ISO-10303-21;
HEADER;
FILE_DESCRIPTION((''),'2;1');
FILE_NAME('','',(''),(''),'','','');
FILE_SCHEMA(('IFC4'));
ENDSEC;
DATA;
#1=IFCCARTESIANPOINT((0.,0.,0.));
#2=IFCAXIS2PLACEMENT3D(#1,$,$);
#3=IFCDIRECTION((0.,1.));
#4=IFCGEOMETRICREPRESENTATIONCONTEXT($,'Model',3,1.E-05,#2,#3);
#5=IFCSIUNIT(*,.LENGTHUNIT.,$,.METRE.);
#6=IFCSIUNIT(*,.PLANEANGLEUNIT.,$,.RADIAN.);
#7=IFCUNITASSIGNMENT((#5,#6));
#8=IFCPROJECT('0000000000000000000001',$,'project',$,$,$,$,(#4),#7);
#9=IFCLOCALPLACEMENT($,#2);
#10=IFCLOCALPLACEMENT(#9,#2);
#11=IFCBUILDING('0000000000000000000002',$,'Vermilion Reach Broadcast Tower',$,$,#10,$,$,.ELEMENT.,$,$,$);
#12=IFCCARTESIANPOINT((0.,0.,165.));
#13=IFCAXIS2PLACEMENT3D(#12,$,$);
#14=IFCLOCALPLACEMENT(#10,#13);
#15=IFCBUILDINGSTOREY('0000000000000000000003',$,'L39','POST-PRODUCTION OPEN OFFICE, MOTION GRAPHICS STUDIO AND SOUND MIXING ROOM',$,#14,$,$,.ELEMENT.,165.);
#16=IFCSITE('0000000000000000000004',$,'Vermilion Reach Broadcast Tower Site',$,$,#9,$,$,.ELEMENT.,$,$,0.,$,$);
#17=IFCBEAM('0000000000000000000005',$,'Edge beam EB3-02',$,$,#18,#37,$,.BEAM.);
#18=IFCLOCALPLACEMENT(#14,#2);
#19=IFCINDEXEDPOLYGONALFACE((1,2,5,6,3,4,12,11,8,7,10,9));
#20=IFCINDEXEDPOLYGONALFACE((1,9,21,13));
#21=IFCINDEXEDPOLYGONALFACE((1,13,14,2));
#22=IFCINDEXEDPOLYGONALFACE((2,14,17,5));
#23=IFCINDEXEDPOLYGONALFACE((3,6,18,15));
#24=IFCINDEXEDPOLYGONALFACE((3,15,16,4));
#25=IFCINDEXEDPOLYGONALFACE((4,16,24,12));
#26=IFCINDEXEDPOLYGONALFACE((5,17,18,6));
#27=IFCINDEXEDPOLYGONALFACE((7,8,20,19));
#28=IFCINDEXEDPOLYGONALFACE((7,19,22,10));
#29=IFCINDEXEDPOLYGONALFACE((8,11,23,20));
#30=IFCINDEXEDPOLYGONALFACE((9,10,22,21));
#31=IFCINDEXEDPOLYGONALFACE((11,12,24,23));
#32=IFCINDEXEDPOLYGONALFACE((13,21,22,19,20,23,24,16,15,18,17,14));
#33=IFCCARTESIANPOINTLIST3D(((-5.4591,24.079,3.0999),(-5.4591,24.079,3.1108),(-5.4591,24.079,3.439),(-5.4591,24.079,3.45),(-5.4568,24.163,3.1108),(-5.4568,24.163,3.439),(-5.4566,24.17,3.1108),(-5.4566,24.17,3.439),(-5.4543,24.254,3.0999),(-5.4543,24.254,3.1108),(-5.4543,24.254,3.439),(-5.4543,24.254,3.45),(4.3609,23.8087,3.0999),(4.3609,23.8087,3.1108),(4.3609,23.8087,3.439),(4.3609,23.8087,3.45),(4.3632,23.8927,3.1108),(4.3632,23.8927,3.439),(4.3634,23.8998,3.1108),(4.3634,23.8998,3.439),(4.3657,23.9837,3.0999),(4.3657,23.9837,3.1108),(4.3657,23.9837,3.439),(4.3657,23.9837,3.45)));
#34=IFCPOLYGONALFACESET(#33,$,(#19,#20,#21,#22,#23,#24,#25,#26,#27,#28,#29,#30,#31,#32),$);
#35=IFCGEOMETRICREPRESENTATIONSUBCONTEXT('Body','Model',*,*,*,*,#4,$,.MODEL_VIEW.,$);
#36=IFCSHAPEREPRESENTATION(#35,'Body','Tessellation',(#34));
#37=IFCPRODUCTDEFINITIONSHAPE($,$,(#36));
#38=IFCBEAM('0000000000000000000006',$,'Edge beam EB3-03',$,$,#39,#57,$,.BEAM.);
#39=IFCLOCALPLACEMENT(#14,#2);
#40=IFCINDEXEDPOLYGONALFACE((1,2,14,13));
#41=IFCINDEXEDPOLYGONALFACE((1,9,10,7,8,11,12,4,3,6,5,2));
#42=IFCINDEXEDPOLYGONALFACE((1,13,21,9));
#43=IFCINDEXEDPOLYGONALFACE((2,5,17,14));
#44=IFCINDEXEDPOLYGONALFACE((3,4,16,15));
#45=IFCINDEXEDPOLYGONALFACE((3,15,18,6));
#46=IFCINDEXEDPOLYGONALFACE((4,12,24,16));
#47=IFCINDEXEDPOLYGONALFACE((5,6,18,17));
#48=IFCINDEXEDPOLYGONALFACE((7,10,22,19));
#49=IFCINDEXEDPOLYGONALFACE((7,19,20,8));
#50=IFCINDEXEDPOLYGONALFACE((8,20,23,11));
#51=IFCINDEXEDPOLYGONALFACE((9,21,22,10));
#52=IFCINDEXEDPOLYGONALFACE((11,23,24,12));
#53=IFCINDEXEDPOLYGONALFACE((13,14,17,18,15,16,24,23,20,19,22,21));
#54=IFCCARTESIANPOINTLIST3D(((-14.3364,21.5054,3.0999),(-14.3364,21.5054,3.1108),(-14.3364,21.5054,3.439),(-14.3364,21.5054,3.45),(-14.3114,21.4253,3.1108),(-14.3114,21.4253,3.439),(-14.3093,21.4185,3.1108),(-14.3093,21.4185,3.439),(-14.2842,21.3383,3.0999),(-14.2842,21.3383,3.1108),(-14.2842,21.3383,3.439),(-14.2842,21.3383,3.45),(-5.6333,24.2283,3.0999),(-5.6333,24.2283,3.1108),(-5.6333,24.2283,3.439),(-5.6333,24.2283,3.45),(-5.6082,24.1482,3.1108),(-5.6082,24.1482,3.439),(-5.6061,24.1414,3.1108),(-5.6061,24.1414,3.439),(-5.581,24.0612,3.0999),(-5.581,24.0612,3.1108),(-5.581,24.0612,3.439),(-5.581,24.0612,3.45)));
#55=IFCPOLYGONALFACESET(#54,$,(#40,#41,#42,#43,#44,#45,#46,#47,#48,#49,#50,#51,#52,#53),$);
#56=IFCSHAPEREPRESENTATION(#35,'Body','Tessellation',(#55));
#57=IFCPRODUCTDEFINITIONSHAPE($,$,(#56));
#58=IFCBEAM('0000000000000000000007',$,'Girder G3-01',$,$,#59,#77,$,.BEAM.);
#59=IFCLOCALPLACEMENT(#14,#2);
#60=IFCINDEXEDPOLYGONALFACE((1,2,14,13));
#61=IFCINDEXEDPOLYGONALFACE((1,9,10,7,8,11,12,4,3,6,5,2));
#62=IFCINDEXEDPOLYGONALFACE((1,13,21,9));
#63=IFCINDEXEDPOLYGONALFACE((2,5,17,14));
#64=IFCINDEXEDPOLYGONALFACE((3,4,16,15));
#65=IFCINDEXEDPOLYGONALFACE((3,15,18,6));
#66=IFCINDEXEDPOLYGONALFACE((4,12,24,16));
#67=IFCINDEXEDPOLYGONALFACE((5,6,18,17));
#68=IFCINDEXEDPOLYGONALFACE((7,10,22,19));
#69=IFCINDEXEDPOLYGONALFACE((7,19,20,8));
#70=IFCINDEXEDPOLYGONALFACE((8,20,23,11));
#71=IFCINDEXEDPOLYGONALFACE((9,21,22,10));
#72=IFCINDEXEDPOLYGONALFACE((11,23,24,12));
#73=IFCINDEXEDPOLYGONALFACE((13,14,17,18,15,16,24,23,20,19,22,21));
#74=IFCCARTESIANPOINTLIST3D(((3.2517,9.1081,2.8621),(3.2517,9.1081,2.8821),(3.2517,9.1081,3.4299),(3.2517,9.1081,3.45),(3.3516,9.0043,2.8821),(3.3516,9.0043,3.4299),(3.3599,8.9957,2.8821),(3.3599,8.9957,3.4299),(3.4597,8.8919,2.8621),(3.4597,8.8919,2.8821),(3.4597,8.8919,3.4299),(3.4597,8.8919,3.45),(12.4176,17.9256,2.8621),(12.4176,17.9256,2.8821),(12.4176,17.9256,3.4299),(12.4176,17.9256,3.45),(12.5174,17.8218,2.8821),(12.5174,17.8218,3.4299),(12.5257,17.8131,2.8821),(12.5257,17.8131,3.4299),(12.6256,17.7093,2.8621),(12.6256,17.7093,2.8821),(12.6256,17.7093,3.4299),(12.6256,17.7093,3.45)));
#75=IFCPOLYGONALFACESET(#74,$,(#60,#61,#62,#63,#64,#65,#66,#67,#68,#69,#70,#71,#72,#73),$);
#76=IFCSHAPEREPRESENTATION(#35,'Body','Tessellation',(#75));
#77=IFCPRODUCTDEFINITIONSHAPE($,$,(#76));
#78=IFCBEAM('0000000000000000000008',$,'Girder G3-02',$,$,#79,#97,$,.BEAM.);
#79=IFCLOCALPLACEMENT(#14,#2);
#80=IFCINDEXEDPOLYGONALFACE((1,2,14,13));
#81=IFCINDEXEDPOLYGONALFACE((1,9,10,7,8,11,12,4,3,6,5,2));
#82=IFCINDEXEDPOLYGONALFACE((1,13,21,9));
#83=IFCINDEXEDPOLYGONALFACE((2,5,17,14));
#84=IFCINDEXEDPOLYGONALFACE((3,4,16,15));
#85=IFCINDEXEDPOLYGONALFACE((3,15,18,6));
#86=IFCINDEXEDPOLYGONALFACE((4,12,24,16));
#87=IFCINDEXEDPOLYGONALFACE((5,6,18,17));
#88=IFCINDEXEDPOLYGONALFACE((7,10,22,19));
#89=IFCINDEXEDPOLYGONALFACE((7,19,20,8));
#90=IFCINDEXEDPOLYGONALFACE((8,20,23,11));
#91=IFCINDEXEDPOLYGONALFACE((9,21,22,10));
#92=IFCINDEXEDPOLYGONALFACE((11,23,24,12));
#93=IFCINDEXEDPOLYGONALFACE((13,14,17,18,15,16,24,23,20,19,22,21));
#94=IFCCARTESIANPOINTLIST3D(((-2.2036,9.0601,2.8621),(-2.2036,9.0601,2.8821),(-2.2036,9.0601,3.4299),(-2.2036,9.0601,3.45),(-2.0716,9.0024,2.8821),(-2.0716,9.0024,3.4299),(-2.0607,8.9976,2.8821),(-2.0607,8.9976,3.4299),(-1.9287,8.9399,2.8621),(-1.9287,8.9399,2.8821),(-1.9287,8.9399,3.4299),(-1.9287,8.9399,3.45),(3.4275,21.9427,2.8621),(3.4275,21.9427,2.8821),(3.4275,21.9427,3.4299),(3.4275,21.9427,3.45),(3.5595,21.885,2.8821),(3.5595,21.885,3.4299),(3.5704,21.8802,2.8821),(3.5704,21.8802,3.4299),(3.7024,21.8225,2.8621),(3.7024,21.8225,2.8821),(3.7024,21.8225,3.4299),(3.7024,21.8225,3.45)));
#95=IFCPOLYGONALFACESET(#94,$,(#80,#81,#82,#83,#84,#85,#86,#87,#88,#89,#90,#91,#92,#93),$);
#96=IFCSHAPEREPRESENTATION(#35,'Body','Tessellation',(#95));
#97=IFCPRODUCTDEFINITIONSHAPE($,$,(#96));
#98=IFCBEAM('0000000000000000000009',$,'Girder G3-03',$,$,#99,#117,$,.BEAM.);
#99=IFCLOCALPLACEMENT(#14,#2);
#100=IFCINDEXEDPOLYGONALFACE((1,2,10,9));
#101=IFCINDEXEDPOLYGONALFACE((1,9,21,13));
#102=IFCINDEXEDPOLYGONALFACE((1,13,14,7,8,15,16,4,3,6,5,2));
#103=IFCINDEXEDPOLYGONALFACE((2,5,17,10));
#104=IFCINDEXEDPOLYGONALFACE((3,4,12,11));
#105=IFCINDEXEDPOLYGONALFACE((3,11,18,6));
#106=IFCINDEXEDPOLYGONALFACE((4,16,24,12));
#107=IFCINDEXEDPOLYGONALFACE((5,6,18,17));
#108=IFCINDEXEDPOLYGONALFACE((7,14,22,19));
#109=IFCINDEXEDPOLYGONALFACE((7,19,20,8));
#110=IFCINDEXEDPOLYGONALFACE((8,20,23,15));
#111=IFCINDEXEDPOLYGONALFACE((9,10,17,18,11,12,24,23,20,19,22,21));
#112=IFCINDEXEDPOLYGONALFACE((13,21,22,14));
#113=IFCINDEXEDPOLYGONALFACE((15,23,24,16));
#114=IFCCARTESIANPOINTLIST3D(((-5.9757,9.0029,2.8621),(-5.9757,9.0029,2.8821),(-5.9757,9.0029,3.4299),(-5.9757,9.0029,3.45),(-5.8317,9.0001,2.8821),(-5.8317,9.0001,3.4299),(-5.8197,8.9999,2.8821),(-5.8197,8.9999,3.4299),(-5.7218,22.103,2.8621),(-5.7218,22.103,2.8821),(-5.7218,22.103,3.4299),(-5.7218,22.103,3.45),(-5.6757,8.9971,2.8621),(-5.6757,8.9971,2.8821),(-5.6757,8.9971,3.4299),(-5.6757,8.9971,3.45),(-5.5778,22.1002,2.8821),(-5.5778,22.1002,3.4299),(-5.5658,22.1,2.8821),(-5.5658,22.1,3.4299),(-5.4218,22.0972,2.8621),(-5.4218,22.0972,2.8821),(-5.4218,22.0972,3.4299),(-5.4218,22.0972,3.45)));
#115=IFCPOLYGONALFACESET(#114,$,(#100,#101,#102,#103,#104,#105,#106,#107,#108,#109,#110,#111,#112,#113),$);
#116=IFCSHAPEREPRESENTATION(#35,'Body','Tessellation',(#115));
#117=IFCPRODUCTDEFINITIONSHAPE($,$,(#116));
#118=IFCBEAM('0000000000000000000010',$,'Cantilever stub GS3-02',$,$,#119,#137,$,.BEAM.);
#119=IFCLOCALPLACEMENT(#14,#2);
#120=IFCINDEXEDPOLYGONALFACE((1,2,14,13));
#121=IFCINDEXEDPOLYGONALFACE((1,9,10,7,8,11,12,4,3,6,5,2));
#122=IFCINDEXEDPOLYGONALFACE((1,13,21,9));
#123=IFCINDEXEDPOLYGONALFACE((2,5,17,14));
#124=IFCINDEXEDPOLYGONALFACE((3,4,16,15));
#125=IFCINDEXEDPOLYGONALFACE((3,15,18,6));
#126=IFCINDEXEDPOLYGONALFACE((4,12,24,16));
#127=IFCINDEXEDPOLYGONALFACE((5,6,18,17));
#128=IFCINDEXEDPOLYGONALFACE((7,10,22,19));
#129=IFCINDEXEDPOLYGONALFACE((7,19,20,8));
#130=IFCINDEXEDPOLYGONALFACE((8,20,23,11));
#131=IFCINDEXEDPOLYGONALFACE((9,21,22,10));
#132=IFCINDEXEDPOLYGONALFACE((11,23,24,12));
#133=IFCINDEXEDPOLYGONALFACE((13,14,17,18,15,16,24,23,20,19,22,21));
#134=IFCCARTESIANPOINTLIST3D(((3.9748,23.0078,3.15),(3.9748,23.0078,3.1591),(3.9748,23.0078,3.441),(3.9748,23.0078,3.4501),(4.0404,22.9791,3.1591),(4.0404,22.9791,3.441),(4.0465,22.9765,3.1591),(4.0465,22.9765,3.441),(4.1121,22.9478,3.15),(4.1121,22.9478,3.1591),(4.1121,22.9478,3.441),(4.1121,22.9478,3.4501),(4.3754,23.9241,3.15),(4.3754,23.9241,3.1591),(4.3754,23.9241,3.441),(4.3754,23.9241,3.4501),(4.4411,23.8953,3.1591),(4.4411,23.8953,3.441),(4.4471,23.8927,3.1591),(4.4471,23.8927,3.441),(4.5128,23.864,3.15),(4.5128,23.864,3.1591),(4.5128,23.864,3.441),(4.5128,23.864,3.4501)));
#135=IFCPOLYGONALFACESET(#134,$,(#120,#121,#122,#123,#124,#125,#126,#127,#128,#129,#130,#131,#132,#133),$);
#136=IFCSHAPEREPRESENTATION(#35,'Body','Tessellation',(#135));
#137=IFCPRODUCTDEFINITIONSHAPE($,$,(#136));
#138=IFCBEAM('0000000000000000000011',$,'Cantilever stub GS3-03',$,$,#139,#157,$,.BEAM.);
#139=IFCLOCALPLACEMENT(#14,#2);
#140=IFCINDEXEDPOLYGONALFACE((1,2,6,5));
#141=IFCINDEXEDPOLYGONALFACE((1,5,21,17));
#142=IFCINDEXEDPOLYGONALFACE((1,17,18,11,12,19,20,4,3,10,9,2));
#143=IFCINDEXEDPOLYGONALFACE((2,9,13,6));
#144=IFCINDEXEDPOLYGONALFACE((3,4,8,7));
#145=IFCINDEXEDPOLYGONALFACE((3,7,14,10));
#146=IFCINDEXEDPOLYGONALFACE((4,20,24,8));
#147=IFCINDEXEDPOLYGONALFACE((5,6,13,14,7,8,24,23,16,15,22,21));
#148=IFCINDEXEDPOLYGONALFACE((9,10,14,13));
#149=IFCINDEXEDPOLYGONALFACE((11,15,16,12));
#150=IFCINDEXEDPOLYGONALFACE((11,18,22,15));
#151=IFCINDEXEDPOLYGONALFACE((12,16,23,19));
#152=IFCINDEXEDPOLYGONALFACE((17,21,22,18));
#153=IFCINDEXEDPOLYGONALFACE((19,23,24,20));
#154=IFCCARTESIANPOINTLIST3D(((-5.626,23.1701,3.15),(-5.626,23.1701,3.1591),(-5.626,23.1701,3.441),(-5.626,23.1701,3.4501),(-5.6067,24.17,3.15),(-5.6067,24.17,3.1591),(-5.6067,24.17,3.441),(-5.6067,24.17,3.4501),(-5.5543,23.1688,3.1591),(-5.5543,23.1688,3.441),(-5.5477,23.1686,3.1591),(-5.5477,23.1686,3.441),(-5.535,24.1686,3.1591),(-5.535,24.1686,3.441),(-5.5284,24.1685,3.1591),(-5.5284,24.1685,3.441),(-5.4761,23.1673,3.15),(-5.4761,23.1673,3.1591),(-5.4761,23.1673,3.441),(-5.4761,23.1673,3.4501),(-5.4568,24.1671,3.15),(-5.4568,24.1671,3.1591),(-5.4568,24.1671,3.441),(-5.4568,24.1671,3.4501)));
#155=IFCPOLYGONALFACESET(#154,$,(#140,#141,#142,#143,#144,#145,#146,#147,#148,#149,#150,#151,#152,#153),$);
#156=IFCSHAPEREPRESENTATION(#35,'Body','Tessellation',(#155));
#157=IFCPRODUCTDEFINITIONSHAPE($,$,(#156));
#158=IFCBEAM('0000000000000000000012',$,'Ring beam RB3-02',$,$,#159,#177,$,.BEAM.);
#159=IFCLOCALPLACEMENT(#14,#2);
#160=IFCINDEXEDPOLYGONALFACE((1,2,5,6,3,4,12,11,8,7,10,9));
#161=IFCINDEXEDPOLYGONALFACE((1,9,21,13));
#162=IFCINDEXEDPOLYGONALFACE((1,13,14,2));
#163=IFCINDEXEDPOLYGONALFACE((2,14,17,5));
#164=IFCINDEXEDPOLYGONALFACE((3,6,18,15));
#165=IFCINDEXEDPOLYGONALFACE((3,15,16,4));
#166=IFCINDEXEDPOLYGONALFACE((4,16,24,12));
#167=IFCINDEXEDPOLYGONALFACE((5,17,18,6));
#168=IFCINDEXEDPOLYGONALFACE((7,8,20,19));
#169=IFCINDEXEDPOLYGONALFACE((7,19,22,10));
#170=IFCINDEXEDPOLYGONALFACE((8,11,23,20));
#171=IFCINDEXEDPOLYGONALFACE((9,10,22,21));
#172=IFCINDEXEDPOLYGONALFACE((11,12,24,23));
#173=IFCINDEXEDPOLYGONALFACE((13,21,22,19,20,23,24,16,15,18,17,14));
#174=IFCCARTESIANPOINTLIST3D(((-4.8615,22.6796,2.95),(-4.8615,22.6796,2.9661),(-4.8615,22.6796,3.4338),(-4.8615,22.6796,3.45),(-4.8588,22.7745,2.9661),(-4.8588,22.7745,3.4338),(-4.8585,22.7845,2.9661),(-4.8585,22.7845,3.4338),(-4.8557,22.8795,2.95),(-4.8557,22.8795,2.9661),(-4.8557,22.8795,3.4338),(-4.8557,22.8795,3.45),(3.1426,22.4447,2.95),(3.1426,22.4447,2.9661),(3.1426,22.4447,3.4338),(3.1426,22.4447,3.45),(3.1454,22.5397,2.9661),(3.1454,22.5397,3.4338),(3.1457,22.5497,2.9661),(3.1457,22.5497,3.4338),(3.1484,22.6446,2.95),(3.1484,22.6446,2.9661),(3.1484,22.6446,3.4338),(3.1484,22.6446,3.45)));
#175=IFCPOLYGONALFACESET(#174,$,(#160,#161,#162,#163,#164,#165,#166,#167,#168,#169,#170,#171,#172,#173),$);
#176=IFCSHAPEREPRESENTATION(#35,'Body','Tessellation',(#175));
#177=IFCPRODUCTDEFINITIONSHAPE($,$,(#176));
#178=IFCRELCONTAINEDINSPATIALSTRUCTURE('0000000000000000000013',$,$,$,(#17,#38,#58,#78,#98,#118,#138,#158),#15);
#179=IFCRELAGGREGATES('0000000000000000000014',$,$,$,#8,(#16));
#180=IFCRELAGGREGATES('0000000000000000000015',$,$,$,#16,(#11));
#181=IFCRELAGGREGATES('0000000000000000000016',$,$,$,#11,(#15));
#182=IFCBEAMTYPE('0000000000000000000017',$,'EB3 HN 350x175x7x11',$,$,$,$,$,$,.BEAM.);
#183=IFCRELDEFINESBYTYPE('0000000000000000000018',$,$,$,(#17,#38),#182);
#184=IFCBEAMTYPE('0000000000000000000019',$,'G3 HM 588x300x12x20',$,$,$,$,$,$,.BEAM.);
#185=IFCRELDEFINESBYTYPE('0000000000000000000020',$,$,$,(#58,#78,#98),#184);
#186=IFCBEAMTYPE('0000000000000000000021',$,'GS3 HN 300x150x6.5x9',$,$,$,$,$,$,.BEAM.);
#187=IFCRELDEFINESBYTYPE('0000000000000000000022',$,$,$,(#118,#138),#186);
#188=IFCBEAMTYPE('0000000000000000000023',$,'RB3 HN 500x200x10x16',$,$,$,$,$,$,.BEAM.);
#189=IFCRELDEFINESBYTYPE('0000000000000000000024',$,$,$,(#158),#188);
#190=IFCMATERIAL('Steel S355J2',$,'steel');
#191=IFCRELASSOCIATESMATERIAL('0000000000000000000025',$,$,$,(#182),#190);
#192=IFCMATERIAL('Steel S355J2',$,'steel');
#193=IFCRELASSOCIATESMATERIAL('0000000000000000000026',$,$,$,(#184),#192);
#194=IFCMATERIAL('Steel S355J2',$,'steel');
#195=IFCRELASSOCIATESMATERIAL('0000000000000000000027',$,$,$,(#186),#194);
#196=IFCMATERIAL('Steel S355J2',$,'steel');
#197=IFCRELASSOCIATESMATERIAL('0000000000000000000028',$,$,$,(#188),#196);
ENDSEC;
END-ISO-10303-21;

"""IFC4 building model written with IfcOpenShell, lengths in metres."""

from ifc_helpers import new_model, si_unit, direction, frame, origin, origin_2d, place, context, subcontext, project, spatial, i_section, extrude, material, material_profile, profile_set, type_object, element, save


model = new_model("IFC4")

# Units and contexts
model_context = context("Model", 3, precision=1e-05, world=origin(), true_north=direction((0.0, 1.0)))
body_context = subcontext(model_context, "Body", "Model", "MODEL_VIEW")
ifc_project = project(units=[si_unit("LENGTHUNIT", "METRE"), si_unit("PLANEANGLEUNIT", "RADIAN")], contexts=[model_context])

# Site, building, storey
site_placement = place(None, origin())
site = spatial("IfcSite", under=ifc_project, at=site_placement, Name="Vermilion Reach Broadcast Tower Site", CompositionType="ELEMENT", RefElevation=0.0)
building_placement = place(site_placement, origin())
building = spatial("IfcBuilding", under=site, at=building_placement, Name="Vermilion Reach Broadcast Tower", CompositionType="ELEMENT")
storey_placement = place(building_placement, frame((0.0, 0.0, 165.0)))
storey = spatial("IfcBuildingStorey", under=building, at=storey_placement, Name="L39", Description="POST-PRODUCTION OPEN OFFICE, MOTION GRAPHICS STUDIO AND SOUND MIXING ROOM", CompositionType="ELEMENT", Elevation=165.0)

# Beams
ifc_material_1 = material(Name="Steel S355J2", Category="steel")
ifc_material_profile_1 = material_profile(ifc_material_1, i_section(OverallWidth=0.175, OverallDepth=0.3501, WebThickness=0.0071, FlangeThickness=0.011, at=origin_2d()), Name="S355J2 HN 350x175x7x11")
ifc_profile_set_1 = profile_set([ifc_material_profile_1], Name="Steel S355J2")
beam_type_1 = type_object("IfcBeamType", Name="EB3 HN 350x175x7x11", PredefinedType="BEAM", material=ifc_profile_set_1)
beam_1_placement = place(storey_placement, frame((4.3633, 23.8962, 3.2749), z_axis=(-0.999621, 0.027511, 0.0), x_axis=(-0.027511, -0.999621, 0.0)))
element("IfcBeam", 1, at=beam_1_placement, inside=storey, type_object=beam_type_1, Name="Edge beam EB3-02", PredefinedType="BEAM", context=body_context, shape_type="SweptSolid", body=[
    extrude(i_section(OverallWidth=0.175, OverallDepth=0.3501, WebThickness=0.0071, FlangeThickness=0.011, at=origin_2d()), origin(), (0.0, 0.0, 1.0), 9.8237),
])
beam_2_placement = place(storey_placement, frame((-5.6072, 24.1448, 3.2749), z_axis=(-0.954381, -0.298592, 0.0), x_axis=(0.298592, -0.954381, 0.0)))
element("IfcBeam", 2, at=beam_2_placement, inside=storey, type_object=beam_type_1, Name="Edge beam EB3-03", PredefinedType="BEAM", context=body_context, shape_type="SweptSolid", body=[
    extrude(i_section(OverallWidth=0.175, OverallDepth=0.3501, WebThickness=0.0071, FlangeThickness=0.011, at=origin_2d()), origin(), (0.0, 0.0, 1.0), 9.1191),
])
ifc_material_2 = material(Name="Steel S355J2", Category="steel")
ifc_material_profile_2 = material_profile(ifc_material_2, i_section(OverallWidth=0.3, OverallDepth=0.5879, WebThickness=0.012, FlangeThickness=0.02, at=origin_2d()), Name="S355J2 HM 588x300x12x20")
ifc_profile_set_2 = profile_set([ifc_material_profile_2], Name="Steel S355J2")
beam_type_2 = type_object("IfcBeamType", Name="G3 HM 588x300x12x20", PredefinedType="BEAM", material=ifc_profile_set_2)
beam_3_placement = place(storey_placement, frame((3.3557, 9.0, 3.156), z_axis=(0.72067, 0.693278, 0.0), x_axis=(-0.693278, 0.72067, 0.0)))
element("IfcBeam", 3, at=beam_3_placement, inside=storey, type_object=beam_type_2, Name="Girder G3-01", PredefinedType="BEAM", context=body_context, shape_type="SweptSolid", body=[
    extrude(i_section(OverallWidth=0.3, OverallDepth=0.5879, WebThickness=0.012, FlangeThickness=0.02, at=origin_2d()), origin(), (0.0, 0.0, 1.0), 12.7185),
])
beam_4_placement = place(storey_placement, frame((-2.0662, 9.0, 3.156), z_axis=(0.400519, 0.916288, 0.0), x_axis=(-0.916288, 0.400519, 0.0)))
element("IfcBeam", 4, at=beam_4_placement, inside=storey, type_object=beam_type_2, Name="Girder G3-02", PredefinedType="BEAM", context=body_context, shape_type="SweptSolid", body=[
    extrude(i_section(OverallWidth=0.3, OverallDepth=0.5879, WebThickness=0.012, FlangeThickness=0.02, at=origin_2d()), origin(), (0.0, 0.0, 1.0), 14.0596),
])
beam_5_placement = place(storey_placement, frame((-5.8257, 9.0, 3.156), z_axis=(0.019378, 0.999812, 0.0), x_axis=(-0.999812, 0.019378, 0.0)))
element("IfcBeam", 5, at=beam_5_placement, inside=storey, type_object=beam_type_2, Name="Girder G3-03", PredefinedType="BEAM", context=body_context, shape_type="SweptSolid", body=[
    extrude(i_section(OverallWidth=0.3, OverallDepth=0.5879, WebThickness=0.012, FlangeThickness=0.02, at=origin_2d()), origin(), (0.0, 0.0, 1.0), 13.1025),
])
ifc_material_3 = material(Name="Steel S355J2", Category="steel")
ifc_material_profile_3 = material_profile(ifc_material_3, i_section(OverallWidth=0.1499, OverallDepth=0.3, WebThickness=0.0066, FlangeThickness=0.009, at=origin_2d()), Name="S355J2 HN 300x150x6.5x9")
ifc_profile_set_3 = profile_set([ifc_material_profile_3], Name="Steel S355J2")
beam_type_3 = type_object("IfcBeamType", Name="GS3 HN 300x150x6.5x9", PredefinedType="BEAM", material=ifc_profile_set_3)
for number, where, z_axis, x_axis, name in (
    (6, (4.0435, 22.9778, 3.3), (0.400627, 0.916241, 0.0), (-0.916241, 0.400627, 0.0), "Cantilever stub GS3-02"),
    (7, (-5.551, 23.1687, 3.3), (0.019288, 0.999814, 0.0), (-0.999814, 0.019288, 0.0), "Cantilever stub GS3-03"),
):
    element("IfcBeam", number, at=place(storey_placement, frame(where, z_axis=z_axis, x_axis=x_axis)), inside=storey, type_object=beam_type_3, Name=name, PredefinedType="BEAM", context=body_context, shape_type="SweptSolid", body=[
        extrude(i_section(OverallWidth=0.1499, OverallDepth=0.3, WebThickness=0.0066, FlangeThickness=0.009, at=origin_2d()), origin(), (0.0, 0.0, 1.0), 1.0),
    ])
ifc_material_4 = material(Name="Steel S355J2", Category="steel")
ifc_material_profile_4 = material_profile(ifc_material_4, i_section(OverallWidth=0.2, OverallDepth=0.5, WebThickness=0.01, FlangeThickness=0.0161, at=origin_2d()), Name="S355J2 HN 500x200x10x16")
ifc_profile_set_4 = profile_set([ifc_material_profile_4], Name="Steel S355J2")
beam_type_4 = type_object("IfcBeamType", Name="RB3 HN 500x200x10x16", PredefinedType="BEAM", material=ifc_profile_set_4)
beam_6_placement = place(storey_placement, frame((3.1455, 22.5447, 3.2), z_axis=(-0.99957, 0.02933, 0.0), x_axis=(-0.02933, -0.99957, 0.0)))
element("IfcBeam", 8, at=beam_6_placement, inside=storey, type_object=beam_type_4, Name="Ring beam RB3-02", PredefinedType="BEAM", context=body_context, shape_type="SweptSolid", body=[
    extrude(i_section(OverallWidth=0.2, OverallDepth=0.5, WebThickness=0.01, FlangeThickness=0.0161, at=origin_2d()), origin(), (0.0, 0.0, 1.0), 8.0076),
])

save(model, "model.ifc")
